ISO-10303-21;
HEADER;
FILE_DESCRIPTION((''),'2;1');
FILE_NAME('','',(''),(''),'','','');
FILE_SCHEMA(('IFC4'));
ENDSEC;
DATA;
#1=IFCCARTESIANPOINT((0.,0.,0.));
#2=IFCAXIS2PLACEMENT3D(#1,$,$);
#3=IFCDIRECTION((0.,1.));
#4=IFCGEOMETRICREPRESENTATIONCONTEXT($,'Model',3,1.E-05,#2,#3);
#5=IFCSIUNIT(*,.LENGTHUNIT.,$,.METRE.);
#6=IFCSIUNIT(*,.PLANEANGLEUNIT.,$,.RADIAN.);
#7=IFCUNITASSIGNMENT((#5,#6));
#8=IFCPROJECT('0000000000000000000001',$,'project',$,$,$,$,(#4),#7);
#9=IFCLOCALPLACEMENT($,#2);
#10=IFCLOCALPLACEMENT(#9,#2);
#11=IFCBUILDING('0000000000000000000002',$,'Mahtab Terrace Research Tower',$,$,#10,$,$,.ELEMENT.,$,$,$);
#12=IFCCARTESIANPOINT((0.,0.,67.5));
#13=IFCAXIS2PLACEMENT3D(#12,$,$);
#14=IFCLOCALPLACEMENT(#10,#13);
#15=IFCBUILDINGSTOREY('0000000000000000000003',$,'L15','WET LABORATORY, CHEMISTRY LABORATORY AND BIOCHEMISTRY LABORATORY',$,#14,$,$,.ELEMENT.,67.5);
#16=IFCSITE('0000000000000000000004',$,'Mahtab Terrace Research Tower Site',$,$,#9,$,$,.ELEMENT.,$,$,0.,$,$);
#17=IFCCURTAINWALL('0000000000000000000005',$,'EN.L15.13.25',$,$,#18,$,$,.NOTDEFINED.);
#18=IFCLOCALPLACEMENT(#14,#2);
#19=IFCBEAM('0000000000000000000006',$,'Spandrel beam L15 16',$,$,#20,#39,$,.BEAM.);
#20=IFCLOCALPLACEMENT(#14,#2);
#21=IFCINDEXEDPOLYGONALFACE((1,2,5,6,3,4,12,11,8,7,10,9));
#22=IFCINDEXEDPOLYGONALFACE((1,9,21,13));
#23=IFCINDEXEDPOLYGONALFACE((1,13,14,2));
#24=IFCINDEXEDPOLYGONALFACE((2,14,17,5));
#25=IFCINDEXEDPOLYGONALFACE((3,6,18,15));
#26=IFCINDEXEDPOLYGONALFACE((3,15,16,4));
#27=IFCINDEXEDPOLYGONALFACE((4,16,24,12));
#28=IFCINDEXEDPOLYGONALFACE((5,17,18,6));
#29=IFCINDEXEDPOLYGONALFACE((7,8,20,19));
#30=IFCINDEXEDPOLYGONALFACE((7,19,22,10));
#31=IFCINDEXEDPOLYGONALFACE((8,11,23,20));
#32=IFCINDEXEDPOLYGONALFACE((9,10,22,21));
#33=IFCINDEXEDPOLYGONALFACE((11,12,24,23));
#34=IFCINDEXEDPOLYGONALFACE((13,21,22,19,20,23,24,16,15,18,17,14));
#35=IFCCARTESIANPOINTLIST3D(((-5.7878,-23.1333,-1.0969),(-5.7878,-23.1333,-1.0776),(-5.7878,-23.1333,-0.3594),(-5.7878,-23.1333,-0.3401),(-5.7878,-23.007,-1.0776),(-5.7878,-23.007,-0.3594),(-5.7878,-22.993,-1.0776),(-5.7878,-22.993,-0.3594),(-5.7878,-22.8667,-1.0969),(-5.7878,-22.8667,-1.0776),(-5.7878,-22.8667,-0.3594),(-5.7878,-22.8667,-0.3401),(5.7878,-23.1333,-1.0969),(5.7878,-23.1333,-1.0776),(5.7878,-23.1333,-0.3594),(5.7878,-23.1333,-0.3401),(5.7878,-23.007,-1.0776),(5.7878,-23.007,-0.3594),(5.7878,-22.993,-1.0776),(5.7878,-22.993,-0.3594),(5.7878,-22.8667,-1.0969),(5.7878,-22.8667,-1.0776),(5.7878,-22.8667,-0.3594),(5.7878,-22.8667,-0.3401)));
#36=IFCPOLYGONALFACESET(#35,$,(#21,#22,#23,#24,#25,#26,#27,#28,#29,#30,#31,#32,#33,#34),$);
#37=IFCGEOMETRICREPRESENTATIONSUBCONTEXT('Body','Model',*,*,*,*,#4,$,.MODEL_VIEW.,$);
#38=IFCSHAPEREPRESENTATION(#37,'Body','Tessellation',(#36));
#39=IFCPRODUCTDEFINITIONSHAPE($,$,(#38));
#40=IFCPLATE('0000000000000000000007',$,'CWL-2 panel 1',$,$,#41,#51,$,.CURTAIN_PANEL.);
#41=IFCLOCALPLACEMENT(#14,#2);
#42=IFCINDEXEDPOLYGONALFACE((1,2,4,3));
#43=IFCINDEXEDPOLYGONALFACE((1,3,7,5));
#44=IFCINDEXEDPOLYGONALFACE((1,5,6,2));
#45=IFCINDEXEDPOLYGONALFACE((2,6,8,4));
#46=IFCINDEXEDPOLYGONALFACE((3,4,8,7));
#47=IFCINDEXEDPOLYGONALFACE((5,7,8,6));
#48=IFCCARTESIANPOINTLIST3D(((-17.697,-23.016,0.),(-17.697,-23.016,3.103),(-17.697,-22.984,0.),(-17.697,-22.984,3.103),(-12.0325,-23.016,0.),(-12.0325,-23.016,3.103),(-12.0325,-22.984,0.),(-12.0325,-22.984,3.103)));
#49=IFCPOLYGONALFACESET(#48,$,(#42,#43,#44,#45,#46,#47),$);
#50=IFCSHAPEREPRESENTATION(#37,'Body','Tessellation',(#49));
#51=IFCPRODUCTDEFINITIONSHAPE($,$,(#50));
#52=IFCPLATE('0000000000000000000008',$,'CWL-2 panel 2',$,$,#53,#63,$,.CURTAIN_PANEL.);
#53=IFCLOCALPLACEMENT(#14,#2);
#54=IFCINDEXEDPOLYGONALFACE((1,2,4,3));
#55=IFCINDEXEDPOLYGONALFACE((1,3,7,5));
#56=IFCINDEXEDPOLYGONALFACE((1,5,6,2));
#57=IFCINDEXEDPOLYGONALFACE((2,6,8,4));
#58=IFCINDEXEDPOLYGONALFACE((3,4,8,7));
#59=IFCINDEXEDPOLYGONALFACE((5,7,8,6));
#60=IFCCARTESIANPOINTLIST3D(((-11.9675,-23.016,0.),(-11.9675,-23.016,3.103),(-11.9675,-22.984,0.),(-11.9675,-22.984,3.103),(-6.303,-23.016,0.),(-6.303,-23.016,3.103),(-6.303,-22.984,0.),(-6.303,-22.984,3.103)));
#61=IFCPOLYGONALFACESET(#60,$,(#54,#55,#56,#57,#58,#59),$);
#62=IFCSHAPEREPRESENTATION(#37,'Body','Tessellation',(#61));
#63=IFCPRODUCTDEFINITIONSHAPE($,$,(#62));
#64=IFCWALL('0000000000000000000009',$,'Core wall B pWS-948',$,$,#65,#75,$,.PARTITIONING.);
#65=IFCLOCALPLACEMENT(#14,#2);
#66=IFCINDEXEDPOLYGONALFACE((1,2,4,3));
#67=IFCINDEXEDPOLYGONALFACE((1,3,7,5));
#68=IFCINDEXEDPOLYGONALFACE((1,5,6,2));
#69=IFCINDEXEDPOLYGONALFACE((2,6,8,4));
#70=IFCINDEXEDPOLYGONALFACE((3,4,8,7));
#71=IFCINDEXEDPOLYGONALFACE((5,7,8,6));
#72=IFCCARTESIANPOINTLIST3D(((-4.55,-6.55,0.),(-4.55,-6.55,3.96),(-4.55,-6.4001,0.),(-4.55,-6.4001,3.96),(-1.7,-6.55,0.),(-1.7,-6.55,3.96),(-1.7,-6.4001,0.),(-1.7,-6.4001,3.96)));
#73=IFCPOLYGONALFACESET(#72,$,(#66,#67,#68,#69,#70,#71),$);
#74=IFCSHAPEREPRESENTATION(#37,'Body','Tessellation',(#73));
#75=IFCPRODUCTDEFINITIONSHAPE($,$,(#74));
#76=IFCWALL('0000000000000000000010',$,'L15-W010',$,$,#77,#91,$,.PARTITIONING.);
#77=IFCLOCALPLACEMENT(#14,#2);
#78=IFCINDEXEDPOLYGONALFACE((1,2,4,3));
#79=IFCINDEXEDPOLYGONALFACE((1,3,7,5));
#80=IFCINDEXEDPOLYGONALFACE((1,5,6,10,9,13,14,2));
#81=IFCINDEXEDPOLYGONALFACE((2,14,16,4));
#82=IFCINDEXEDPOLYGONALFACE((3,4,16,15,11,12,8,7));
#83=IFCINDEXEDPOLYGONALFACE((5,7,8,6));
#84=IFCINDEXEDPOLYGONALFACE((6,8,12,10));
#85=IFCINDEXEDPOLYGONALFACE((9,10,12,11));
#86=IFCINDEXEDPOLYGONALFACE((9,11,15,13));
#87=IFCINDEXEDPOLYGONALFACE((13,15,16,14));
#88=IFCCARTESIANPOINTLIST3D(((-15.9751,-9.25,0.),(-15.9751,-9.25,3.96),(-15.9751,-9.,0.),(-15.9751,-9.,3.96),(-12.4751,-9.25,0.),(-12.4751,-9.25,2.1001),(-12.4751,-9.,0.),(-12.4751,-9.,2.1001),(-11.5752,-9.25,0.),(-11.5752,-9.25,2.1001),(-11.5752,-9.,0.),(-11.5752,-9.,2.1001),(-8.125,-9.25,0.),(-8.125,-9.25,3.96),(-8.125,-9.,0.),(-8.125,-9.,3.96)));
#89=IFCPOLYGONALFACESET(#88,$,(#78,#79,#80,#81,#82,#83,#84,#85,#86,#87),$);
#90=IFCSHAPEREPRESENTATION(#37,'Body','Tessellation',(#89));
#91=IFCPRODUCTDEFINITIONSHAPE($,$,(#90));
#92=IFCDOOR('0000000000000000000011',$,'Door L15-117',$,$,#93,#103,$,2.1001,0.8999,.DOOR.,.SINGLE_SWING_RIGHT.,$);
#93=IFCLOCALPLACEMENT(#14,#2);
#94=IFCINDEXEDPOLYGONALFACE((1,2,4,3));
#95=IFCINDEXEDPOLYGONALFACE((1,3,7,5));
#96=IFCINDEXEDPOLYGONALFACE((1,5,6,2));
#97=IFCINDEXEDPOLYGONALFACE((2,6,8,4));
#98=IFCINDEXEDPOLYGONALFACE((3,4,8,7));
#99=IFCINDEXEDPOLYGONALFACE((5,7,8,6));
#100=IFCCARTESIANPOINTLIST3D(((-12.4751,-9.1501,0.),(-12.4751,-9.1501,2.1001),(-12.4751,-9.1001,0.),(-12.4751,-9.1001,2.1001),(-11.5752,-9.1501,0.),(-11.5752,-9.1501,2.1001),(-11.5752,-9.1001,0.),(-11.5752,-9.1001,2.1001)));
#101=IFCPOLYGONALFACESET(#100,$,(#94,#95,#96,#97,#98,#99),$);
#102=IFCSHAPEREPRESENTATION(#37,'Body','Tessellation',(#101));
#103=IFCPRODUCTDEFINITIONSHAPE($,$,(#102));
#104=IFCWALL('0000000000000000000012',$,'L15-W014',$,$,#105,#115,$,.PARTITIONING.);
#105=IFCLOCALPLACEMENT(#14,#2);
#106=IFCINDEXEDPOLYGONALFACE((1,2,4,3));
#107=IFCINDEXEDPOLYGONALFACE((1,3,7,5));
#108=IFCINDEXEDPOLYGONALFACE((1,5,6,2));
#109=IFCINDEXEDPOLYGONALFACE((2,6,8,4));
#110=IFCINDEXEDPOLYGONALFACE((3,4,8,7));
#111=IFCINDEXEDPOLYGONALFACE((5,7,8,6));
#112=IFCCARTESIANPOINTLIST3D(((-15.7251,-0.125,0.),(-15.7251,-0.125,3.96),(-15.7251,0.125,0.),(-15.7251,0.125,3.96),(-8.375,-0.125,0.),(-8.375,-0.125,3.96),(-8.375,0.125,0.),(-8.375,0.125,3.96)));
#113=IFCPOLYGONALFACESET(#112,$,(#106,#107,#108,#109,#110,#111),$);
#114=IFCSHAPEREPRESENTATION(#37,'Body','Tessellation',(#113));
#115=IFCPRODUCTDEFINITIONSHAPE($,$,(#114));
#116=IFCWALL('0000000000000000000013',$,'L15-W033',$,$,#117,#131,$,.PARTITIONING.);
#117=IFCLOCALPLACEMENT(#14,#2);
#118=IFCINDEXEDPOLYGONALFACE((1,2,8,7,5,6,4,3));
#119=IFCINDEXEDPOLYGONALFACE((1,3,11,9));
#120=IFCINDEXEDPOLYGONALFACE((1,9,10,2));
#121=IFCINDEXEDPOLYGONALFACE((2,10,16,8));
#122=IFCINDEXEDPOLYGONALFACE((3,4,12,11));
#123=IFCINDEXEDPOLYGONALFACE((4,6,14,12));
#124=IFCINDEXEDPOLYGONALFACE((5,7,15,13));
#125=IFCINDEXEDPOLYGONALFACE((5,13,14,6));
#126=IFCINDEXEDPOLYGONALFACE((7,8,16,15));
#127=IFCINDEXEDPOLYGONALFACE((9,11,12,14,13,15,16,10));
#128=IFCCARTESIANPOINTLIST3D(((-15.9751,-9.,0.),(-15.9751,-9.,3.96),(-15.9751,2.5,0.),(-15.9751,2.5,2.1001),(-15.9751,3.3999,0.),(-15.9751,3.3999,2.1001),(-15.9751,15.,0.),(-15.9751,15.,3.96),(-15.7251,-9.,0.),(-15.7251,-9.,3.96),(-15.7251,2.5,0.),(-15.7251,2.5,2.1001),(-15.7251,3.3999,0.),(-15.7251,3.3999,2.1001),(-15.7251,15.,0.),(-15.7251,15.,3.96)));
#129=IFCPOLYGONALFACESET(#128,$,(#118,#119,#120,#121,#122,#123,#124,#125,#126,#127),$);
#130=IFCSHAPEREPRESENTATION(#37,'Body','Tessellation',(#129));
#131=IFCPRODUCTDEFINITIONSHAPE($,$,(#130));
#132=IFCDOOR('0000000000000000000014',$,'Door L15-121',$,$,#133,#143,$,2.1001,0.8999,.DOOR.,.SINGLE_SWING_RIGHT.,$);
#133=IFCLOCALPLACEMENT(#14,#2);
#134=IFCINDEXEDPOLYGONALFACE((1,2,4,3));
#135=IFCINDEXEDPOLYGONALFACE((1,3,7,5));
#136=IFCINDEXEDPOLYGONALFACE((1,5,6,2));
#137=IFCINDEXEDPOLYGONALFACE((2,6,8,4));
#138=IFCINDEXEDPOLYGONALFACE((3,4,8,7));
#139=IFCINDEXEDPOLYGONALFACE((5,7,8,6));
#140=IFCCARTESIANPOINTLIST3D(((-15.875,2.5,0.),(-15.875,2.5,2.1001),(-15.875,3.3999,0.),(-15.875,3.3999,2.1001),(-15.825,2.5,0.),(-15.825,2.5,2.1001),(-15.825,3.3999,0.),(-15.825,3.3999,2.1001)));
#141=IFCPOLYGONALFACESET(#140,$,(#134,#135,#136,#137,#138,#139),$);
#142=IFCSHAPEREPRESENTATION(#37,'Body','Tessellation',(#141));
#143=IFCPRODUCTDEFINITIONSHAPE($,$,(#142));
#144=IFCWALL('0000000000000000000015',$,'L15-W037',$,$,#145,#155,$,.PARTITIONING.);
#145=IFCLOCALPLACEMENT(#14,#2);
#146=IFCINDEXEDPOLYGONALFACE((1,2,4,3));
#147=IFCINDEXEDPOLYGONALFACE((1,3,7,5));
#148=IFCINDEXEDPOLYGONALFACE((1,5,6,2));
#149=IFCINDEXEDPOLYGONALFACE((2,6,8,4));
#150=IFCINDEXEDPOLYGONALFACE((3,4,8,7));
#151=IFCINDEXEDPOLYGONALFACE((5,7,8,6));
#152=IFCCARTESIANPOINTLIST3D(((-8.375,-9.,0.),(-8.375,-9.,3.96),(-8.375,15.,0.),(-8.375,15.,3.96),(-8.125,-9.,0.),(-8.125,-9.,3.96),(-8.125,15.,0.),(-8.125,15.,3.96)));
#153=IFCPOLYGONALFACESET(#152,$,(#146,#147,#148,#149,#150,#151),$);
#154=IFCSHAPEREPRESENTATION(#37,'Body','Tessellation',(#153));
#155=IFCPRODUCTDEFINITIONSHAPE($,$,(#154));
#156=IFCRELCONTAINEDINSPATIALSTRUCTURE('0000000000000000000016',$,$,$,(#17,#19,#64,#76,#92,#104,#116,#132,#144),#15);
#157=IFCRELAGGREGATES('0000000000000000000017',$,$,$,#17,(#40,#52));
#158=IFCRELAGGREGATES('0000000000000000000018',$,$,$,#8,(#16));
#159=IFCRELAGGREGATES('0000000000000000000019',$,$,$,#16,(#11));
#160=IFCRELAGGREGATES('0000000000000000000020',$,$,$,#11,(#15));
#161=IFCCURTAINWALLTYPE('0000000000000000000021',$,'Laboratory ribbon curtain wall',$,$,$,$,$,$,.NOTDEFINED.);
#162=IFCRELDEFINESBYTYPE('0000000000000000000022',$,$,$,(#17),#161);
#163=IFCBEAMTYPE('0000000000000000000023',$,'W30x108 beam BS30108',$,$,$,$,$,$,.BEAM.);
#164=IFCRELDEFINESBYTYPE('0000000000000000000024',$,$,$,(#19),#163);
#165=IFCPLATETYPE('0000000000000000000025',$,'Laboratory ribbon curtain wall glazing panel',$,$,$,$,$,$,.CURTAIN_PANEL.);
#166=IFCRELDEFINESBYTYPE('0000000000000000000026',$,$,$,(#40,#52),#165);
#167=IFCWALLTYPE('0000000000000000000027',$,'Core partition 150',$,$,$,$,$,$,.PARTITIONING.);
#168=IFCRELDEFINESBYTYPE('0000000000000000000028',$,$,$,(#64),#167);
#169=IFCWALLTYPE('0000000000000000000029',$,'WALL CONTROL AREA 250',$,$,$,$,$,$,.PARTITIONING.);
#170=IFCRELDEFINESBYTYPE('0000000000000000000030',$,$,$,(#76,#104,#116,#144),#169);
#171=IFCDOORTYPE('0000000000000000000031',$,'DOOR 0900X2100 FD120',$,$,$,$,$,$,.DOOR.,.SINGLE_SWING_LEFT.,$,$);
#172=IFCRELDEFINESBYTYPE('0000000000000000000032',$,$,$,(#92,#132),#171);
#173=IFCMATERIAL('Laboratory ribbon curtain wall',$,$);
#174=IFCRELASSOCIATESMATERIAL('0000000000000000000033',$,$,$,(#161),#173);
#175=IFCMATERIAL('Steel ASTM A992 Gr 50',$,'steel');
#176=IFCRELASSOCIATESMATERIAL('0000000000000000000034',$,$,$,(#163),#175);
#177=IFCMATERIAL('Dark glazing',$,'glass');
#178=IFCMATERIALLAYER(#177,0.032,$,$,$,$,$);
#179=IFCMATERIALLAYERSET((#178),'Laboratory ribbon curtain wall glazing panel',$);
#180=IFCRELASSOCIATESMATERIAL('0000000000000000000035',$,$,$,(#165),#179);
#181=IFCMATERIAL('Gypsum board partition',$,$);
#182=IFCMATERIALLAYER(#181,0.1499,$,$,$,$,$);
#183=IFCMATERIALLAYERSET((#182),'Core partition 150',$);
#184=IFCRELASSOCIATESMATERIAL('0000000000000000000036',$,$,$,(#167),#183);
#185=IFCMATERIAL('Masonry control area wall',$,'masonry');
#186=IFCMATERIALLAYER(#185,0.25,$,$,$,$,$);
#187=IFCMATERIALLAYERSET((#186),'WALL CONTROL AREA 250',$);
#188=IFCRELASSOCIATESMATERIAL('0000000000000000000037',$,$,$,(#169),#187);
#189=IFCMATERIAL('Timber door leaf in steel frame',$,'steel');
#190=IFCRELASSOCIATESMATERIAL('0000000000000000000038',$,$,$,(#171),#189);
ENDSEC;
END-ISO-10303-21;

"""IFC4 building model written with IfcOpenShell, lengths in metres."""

from ifc_helpers import new_model, si_unit, direction, frame, frame_2d, origin, origin_2d, place, context, subcontext, project, spatial, rectangle, i_section, extrude, material, layer, layer_set, material_profile, profile_set, type_object, element, fill, aggregate, save


model = new_model("IFC4")

# Units and contexts
model_context = context("Model", 3, precision=1e-05, world=origin(), true_north=direction((0.0, 1.0)))
body_context = subcontext(model_context, "Body", "Model", "MODEL_VIEW")
ifc_project = project(units=[si_unit("LENGTHUNIT", "METRE"), si_unit("PLANEANGLEUNIT", "RADIAN")], contexts=[model_context])

# Site, building, storey
site_placement = place(None, origin())
site = spatial("IfcSite", under=ifc_project, at=site_placement, Name="Mahtab Terrace Research Tower Site", CompositionType="ELEMENT", RefElevation=0.0)
building_placement = place(site_placement, origin())
building = spatial("IfcBuilding", under=site, at=building_placement, Name="Mahtab Terrace Research Tower", CompositionType="ELEMENT")
storey_placement = place(building_placement, frame((0.0, 0.0, 67.5)))
storey = spatial("IfcBuildingStorey", under=building, at=storey_placement, Name="L15", Description="WET LABORATORY, CHEMISTRY LABORATORY AND BIOCHEMISTRY LABORATORY", CompositionType="ELEMENT", Elevation=67.5)

# Shared definitions
ifc_material_1 = material(Name="Steel ASTM A992 Gr 50", Category="steel")

# Curtain wall
ifc_material_2 = material(Name="Laboratory ribbon curtain wall")
curtain_wall_type = type_object("IfcCurtainWallType", Name="Laboratory ribbon curtain wall", PredefinedType="NOTDEFINED", material=ifc_material_2)
curtain_wall_1_placement = place(storey_placement, origin())
curtain_wall_1 = element("IfcCurtainWall", 1, at=curtain_wall_1_placement, inside=storey, type_object=curtain_wall_type, Name="EN.L15.13.25", PredefinedType="NOTDEFINED")

# Beam
ifc_material_profile_1 = material_profile(ifc_material_1, i_section(OverallWidth=0.2666, OverallDepth=0.7568, WebThickness=0.0139, FlangeThickness=0.0193, at=origin_2d()), Name="W30X108")
ifc_profile_set_1 = profile_set([ifc_material_profile_1], Name="Steel ASTM A992 Gr 50")
beam_type = type_object("IfcBeamType", Name="W30x108 beam BS30108", PredefinedType="BEAM", material=ifc_profile_set_1)
for number, where, z_axis, x_axis, name in (
    (2, (-5.7878, -23.0, -0.7185), (1.0, 0.0, 0.0), (0.0, 1.0, 0.0), "Spandrel beam L15 16"),
):
    element("IfcBeam", number, at=place(storey_placement, frame(where, z_axis=z_axis, x_axis=x_axis)), inside=storey, type_object=beam_type, Name=name, PredefinedType="BEAM", context=body_context, shape_type="SweptSolid", body=[
        extrude(i_section(OverallWidth=0.2666, OverallDepth=0.7568, WebThickness=0.0139, FlangeThickness=0.0193, at=origin_2d()), origin(), (0.0, 0.0, 1.0), 11.5757),
    ])

# Plates
ifc_material_3 = material(Name="Dark glazing", Category="glass")
ifc_layer_1 = layer(ifc_material_3, 0.032)
ifc_layer_set_1 = layer_set([ifc_layer_1], Name="Laboratory ribbon curtain wall glazing panel")
plate_type = type_object("IfcPlateType", Name="Laboratory ribbon curtain wall glazing panel", PredefinedType="CURTAIN_PANEL", material=ifc_layer_set_1)
plate_1_placement = place(storey_placement, frame((-14.8647, -23.0, 0.0), z_axis=(0.0, 0.0, 1.0), x_axis=(1.0, 0.0, 0.0)))
plate_1 = element("IfcPlate", 3, at=plate_1_placement, type_object=plate_type, Name="CWL-2 panel 1", PredefinedType="CURTAIN_PANEL", context=body_context, shape_type="SweptSolid", body=[
    extrude(rectangle(XDim=5.6646, YDim=0.032, at=origin_2d()), origin(), (0.0, 0.0, 1.0), 3.103),
])
plate_2_placement = place(storey_placement, frame((-9.1353, -23.0, 0.0), z_axis=(0.0, 0.0, 1.0), x_axis=(1.0, 0.0, 0.0)))
plate_2 = element("IfcPlate", 4, at=plate_2_placement, type_object=plate_type, Name="CWL-2 panel 2", PredefinedType="CURTAIN_PANEL", context=body_context, shape_type="SweptSolid", body=[
    extrude(rectangle(XDim=5.6646, YDim=0.032, at=origin_2d()), origin(), (0.0, 0.0, 1.0), 3.103),
])
aggregate(curtain_wall_1, [plate_1, plate_2])

# Wall
ifc_material_4 = material(Name="Gypsum board partition")
ifc_layer_2 = layer(ifc_material_4, 0.1499)
ifc_layer_set_2 = layer_set([ifc_layer_2], Name="Core partition 150")
wall_type_1 = type_object("IfcWallType", Name="Core partition 150", PredefinedType="PARTITIONING", material=ifc_layer_set_2)
wall_1_placement = place(storey_placement, frame((-4.55, -6.4751, 0.0), z_axis=(0.0, 0.0, 1.0), x_axis=(1.0, 0.0, 0.0)))
element("IfcWall", 5, at=wall_1_placement, inside=storey, type_object=wall_type_1, Name="Core wall B pWS-948", PredefinedType="PARTITIONING", context=body_context, shape_type="SweptSolid", body=[
    extrude(rectangle(XDim=2.8501, YDim=0.1499, at=frame_2d((1.425, 0.0))), origin(), (0.0, 0.0, 1.0), 3.96),
])

# Wall, opening, door
ifc_material_5 = material(Name="Masonry control area wall", Category="masonry")
ifc_layer_3 = layer(ifc_material_5, 0.25)
ifc_layer_set_3 = layer_set([ifc_layer_3], Name="WALL CONTROL AREA 250")
wall_type_2 = type_object("IfcWallType", Name="WALL CONTROL AREA 250", PredefinedType="PARTITIONING", material=ifc_layer_set_3)
wall_2_placement = place(storey_placement, frame((-15.9751, -9.125, 0.0), z_axis=(0.0, 0.0, 1.0), x_axis=(1.0, 0.0, 0.0)))
wall_2 = element("IfcWall", 6, at=wall_2_placement, inside=storey, type_object=wall_type_2, Name="L15-W010", PredefinedType="PARTITIONING", context=body_context, shape_type="SweptSolid", body=[
    extrude(rectangle(XDim=7.8501, YDim=0.25, at=frame_2d((3.925, 0.0))), origin(), (0.0, 0.0, 1.0), 3.96),
])
opening_1_placement = place(wall_2_placement, frame((3.5, 0.0, 0.0)))
opening_1 = element("IfcOpeningElement", 7, at=opening_1_placement, cuts=wall_2, PredefinedType="OPENING", context=body_context, shape_type="SweptSolid", body=[
    extrude(rectangle(XDim=0.8999, YDim=2.1001, at=frame_2d((0.45, 1.05))), frame((0.0, 0.135, 0.0), z_axis=(0.0, -1.0, 0.0), x_axis=(1.0, 0.0, 0.0)), (0.0, 0.0, 1.0), 0.27),
])
ifc_material_6 = material(Name="Timber door leaf in steel frame", Category="steel")
door_type_1 = type_object("IfcDoorType", Name="DOOR 0900X2100 FD120", OperationType="SINGLE_SWING_LEFT", PredefinedType="DOOR", material=ifc_material_6)
door_1_placement = place(opening_1_placement, origin())
door_1 = element("IfcDoor", 8, at=door_1_placement, inside=storey, type_object=door_type_1, Name="Door L15-117", OperationType="SINGLE_SWING_RIGHT", OverallHeight=2.1001, OverallWidth=0.8999, PredefinedType="DOOR", context=body_context, shape_type="SweptSolid", body=[
    extrude(rectangle(XDim=0.8999, YDim=2.1001, at=frame_2d((0.45, 1.05))), frame((0.0, 0.0249, 0.0), z_axis=(0.0, -1.0, 0.0), x_axis=(1.0, 0.0, 0.0)), (0.0, 0.0, 1.0), 0.05),
])
fill(opening_1, door_1)

# Wall
wall_3_placement = place(storey_placement, frame((-15.7251, 0.0, 0.0), z_axis=(0.0, 0.0, 1.0), x_axis=(1.0, 0.0, 0.0)))
element("IfcWall", 9, at=wall_3_placement, inside=storey, type_object=wall_type_2, Name="L15-W014", PredefinedType="PARTITIONING", context=body_context, shape_type="SweptSolid", body=[
    extrude(rectangle(XDim=7.3501, YDim=0.25, at=frame_2d((3.675, 0.0))), origin(), (0.0, 0.0, 1.0), 3.96),
])

# Wall, opening, door
wall_4_placement = place(storey_placement, frame((-15.8501, -9.0, 0.0), z_axis=(0.0, 0.0, 1.0), x_axis=(0.0, 1.0, 0.0)))
wall_4 = element("IfcWall", 10, at=wall_4_placement, inside=storey, type_object=wall_type_2, Name="L15-W033", PredefinedType="PARTITIONING", context=body_context, shape_type="SweptSolid", body=[
    extrude(rectangle(XDim=24.0, YDim=0.25, at=frame_2d((12.0, 0.0))), origin(), (0.0, 0.0, 1.0), 3.96),
])
opening_2_placement = place(wall_4_placement, frame((11.5, 0.0, 0.0)))
opening_2 = element("IfcOpeningElement", 11, at=opening_2_placement, cuts=wall_4, PredefinedType="OPENING", context=body_context, shape_type="SweptSolid", body=[
    extrude(rectangle(XDim=0.8999, YDim=2.1001, at=frame_2d((0.45, 1.05))), frame((0.0, 0.135, 0.0), z_axis=(0.0, -1.0, 0.0), x_axis=(1.0, 0.0, 0.0)), (0.0, 0.0, 1.0), 0.27),
])
door_2_placement = place(opening_2_placement, origin())
door_2 = element("IfcDoor", 12, at=door_2_placement, inside=storey, type_object=door_type_1, Name="Door L15-121", OperationType="SINGLE_SWING_RIGHT", OverallHeight=2.1001, OverallWidth=0.8999, PredefinedType="DOOR", context=body_context, shape_type="SweptSolid", body=[
    extrude(rectangle(XDim=0.8999, YDim=2.1001, at=frame_2d((0.45, 1.05))), frame((0.0, 0.0249, 0.0), z_axis=(0.0, -1.0, 0.0), x_axis=(1.0, 0.0, 0.0)), (0.0, 0.0, 1.0), 0.05),
])
fill(opening_2, door_2)

# Wall
wall_5_placement = place(storey_placement, frame((-8.25, -9.0, 0.0), z_axis=(0.0, 0.0, 1.0), x_axis=(0.0, 1.0, 0.0)))
element("IfcWall", 13, at=wall_5_placement, inside=storey, type_object=wall_type_2, Name="L15-W037", PredefinedType="PARTITIONING", context=body_context, shape_type="SweptSolid", body=[
    extrude(rectangle(XDim=24.0, YDim=0.25, at=frame_2d((12.0, 0.0))), origin(), (0.0, 0.0, 1.0), 3.96),
])

save(model, "model.ifc")
